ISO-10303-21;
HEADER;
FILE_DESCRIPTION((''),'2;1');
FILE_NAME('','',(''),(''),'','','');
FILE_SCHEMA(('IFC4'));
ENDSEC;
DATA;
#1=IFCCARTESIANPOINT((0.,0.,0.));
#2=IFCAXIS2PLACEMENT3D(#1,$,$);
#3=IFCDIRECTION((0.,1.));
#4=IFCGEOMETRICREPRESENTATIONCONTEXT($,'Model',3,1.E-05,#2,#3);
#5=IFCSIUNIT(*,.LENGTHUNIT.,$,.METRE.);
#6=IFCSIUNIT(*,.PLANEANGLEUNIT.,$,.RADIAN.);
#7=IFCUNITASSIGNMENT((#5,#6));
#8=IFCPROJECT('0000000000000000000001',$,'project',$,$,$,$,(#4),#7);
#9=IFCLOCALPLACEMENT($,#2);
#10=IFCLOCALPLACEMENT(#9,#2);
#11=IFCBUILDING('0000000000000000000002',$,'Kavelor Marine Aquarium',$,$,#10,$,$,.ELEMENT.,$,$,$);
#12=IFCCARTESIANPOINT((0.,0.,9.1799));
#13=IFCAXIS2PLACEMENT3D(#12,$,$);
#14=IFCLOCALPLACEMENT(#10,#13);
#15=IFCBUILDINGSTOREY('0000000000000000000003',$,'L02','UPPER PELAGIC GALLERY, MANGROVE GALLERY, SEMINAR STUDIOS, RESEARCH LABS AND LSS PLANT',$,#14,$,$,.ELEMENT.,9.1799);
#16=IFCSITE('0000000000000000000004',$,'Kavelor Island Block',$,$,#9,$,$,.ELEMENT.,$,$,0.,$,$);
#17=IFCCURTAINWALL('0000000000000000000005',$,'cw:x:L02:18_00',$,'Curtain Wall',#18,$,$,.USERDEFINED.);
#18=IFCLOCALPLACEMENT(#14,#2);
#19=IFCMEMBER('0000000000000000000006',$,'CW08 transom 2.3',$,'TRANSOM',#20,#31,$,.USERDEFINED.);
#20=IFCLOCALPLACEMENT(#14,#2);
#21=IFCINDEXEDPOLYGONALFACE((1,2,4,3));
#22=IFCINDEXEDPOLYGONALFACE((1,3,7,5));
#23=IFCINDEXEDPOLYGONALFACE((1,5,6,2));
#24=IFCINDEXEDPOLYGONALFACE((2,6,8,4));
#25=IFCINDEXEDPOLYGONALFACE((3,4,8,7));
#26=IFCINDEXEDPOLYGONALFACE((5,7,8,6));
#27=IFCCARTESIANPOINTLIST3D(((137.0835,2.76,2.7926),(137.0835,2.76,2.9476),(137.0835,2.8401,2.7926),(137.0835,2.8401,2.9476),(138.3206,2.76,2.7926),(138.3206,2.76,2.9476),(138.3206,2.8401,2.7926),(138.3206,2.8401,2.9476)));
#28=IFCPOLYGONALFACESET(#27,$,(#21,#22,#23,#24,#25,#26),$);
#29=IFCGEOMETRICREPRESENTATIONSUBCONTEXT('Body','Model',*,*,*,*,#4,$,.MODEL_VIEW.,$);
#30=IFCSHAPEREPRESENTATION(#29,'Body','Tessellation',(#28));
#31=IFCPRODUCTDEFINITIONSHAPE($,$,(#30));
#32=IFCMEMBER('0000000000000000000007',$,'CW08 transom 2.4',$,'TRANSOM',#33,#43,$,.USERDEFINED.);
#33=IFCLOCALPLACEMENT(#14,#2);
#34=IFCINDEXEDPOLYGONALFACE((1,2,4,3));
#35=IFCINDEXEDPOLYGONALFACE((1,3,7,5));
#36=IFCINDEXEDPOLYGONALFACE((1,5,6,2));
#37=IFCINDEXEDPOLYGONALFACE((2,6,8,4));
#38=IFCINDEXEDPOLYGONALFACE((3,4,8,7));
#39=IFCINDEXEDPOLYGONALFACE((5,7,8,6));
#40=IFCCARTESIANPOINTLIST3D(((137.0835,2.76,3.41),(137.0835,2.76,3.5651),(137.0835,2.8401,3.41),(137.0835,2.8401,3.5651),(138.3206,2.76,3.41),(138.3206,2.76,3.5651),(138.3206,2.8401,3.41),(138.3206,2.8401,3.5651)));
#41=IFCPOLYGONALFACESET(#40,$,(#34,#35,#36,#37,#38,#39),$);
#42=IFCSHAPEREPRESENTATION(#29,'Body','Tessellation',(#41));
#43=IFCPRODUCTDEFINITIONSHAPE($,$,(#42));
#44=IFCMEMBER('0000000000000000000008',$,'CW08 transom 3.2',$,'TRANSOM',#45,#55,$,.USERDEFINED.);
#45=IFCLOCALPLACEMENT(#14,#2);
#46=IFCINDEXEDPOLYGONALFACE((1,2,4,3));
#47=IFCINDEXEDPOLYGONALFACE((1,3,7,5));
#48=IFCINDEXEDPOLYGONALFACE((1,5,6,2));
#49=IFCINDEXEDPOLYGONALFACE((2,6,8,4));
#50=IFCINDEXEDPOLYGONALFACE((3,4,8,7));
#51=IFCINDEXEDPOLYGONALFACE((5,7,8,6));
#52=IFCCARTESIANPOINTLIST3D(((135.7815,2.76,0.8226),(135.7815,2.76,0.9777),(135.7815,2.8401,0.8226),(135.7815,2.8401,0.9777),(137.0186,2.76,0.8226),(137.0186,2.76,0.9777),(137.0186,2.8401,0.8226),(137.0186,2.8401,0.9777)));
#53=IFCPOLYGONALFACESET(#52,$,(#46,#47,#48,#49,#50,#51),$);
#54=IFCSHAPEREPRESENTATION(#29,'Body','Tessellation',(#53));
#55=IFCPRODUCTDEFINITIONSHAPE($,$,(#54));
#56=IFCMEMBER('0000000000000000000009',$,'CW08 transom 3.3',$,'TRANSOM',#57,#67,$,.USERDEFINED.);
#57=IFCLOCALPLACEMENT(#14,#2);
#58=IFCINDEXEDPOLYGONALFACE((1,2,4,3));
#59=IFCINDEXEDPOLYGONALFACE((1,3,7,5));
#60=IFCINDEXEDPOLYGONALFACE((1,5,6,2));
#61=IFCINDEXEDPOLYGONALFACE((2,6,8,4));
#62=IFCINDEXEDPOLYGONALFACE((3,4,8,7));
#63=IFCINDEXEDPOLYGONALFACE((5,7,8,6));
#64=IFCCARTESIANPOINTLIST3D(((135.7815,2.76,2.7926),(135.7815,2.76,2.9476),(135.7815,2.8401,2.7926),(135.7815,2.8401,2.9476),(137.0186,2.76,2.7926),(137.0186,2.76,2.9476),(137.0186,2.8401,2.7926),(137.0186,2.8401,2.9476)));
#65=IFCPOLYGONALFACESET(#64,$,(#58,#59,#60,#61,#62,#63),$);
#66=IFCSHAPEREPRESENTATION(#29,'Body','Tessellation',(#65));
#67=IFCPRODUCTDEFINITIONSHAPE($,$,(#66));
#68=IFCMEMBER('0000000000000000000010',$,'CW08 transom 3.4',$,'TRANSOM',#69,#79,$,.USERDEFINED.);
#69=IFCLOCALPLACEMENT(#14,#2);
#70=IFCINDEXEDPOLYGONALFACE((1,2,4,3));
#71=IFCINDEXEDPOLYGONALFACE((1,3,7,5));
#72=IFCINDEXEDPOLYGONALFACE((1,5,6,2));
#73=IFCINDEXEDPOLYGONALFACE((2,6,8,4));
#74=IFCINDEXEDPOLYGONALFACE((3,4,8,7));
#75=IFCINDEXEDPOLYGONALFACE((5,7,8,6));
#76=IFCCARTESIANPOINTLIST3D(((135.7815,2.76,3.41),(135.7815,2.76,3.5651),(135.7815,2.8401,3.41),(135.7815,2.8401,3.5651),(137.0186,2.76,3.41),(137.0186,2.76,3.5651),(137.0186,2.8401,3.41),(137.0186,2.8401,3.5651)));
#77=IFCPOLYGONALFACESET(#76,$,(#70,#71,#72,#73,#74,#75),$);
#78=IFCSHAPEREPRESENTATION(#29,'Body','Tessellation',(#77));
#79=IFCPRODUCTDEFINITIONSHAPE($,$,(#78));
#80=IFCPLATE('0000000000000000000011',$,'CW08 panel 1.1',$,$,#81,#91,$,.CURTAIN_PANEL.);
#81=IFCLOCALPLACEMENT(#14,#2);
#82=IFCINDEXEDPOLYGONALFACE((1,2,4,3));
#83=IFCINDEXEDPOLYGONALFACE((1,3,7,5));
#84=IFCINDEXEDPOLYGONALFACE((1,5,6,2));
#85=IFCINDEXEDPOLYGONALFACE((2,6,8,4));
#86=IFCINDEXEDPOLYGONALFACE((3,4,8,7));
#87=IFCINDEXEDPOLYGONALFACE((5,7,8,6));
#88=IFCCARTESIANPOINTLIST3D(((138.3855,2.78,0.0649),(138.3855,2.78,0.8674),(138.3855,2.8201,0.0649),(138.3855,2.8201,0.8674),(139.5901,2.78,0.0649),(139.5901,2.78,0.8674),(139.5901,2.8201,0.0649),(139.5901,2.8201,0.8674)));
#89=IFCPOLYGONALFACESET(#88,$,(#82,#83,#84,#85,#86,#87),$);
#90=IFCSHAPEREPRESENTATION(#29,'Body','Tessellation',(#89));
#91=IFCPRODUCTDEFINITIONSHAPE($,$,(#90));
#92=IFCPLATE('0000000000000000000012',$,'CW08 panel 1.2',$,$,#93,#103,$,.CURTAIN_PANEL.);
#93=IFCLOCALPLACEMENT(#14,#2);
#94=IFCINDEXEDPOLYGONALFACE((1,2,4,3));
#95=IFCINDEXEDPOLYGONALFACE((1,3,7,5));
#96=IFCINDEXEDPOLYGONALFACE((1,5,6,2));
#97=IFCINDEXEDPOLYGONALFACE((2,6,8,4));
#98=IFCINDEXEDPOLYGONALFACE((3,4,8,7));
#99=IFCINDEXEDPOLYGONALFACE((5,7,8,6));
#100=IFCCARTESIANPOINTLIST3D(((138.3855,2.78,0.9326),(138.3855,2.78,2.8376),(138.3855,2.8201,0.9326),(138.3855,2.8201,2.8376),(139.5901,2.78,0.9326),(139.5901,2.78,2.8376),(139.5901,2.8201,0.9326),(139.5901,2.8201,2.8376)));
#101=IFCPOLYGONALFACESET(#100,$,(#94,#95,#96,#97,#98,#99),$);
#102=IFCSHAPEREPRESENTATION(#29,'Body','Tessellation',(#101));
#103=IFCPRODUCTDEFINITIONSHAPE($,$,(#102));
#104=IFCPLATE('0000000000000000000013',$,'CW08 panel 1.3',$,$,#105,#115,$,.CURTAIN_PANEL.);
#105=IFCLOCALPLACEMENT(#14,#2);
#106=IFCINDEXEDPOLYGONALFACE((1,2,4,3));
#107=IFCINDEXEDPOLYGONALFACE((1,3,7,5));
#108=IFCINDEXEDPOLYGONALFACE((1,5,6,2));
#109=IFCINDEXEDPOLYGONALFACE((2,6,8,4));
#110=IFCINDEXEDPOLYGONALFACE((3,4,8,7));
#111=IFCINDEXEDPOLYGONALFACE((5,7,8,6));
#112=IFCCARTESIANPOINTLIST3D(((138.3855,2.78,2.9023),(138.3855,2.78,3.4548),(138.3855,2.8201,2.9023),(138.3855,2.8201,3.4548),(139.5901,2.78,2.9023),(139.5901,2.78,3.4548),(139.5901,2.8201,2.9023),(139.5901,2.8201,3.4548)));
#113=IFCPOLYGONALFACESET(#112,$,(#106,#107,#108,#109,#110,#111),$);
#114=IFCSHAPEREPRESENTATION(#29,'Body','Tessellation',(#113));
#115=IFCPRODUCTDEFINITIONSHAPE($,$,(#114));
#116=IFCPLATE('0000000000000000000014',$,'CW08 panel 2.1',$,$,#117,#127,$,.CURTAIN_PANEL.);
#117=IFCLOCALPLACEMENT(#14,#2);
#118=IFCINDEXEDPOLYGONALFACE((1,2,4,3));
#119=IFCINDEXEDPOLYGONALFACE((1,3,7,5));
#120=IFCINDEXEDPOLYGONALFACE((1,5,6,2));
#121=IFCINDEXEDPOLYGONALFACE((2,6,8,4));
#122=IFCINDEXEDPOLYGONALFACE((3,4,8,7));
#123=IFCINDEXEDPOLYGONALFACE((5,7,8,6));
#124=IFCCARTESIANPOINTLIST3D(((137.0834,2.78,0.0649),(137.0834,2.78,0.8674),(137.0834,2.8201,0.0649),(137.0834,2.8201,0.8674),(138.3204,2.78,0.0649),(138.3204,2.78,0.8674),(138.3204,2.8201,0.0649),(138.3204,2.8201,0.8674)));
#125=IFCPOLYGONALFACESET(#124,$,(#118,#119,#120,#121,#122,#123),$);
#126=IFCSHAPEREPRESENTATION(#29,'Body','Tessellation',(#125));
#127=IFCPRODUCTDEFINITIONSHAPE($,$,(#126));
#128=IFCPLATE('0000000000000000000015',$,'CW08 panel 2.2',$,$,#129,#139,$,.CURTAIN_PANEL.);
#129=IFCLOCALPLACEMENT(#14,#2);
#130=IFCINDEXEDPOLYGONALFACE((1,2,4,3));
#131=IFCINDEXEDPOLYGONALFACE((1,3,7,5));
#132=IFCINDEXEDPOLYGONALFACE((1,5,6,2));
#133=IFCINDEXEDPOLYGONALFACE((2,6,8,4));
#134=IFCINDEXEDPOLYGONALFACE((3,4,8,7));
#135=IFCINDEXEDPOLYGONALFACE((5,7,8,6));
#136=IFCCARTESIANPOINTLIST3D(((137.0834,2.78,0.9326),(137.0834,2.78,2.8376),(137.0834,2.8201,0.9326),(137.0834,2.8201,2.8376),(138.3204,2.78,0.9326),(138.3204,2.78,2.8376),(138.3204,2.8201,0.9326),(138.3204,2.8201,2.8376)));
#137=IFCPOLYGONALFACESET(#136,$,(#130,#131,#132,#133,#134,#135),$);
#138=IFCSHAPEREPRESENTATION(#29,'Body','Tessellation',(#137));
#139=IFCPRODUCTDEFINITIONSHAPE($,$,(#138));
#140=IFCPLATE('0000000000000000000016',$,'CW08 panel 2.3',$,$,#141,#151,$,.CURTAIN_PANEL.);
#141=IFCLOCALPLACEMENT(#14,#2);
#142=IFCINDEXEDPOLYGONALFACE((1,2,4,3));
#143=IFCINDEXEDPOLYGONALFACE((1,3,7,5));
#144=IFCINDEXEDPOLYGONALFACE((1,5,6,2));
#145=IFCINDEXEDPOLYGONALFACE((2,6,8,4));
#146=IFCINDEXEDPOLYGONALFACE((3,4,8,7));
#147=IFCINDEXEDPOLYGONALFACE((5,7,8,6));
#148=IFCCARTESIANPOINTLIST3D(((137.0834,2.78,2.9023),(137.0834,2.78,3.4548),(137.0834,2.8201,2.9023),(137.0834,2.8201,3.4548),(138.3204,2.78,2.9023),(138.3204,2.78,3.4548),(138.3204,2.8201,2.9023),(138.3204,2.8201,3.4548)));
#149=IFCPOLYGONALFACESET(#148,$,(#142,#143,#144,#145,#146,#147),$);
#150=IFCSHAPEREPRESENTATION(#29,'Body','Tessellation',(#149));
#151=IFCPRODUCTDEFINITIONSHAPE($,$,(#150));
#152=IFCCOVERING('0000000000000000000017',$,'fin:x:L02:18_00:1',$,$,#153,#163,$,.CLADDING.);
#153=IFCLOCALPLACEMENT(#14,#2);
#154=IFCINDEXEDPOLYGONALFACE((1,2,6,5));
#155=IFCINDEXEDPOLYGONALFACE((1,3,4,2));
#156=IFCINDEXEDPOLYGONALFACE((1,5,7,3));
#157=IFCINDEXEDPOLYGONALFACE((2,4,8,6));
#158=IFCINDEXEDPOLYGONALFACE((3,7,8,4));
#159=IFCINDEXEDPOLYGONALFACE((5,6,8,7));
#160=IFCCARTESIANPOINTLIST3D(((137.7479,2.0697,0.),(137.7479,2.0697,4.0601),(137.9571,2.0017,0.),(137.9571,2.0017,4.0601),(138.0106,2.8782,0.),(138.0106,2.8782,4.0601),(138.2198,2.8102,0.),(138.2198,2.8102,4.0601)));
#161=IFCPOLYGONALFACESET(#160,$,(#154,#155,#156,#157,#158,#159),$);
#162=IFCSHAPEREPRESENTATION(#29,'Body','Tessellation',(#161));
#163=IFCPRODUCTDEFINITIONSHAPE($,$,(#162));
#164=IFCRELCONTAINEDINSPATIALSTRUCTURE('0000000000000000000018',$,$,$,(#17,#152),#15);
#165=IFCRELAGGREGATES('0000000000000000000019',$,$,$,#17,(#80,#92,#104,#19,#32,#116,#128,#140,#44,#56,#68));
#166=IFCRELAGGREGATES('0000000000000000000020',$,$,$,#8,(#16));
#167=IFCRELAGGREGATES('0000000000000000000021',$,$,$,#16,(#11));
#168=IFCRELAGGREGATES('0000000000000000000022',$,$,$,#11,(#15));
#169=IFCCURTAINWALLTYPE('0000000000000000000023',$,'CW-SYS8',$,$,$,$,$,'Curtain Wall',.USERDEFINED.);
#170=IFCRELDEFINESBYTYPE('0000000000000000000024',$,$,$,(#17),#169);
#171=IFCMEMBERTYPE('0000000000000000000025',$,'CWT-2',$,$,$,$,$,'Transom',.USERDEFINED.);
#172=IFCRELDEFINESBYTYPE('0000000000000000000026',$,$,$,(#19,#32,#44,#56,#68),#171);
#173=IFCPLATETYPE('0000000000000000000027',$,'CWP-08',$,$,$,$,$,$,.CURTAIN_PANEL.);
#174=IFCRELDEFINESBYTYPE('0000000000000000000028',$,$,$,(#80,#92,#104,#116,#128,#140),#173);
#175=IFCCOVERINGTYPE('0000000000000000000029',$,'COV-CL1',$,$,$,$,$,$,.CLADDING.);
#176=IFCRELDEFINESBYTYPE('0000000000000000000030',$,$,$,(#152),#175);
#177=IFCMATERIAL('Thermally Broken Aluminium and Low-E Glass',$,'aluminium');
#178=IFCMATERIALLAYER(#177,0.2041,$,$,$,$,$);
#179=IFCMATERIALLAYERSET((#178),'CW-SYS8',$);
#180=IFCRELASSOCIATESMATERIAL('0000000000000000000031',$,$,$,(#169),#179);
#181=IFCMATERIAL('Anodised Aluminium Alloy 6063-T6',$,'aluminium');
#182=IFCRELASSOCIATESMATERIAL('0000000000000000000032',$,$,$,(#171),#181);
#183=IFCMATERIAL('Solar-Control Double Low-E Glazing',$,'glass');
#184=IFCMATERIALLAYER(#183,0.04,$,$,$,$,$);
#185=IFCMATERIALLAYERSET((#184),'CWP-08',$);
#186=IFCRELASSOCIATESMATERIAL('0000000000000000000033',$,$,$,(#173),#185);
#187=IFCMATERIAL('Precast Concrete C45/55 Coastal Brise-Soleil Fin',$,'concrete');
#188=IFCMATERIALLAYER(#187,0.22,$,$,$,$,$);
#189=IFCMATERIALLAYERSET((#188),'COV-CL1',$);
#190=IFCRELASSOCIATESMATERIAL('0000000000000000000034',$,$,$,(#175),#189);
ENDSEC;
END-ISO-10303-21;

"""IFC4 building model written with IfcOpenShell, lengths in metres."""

from ifc_helpers import new_model, si_unit, direction, frame, origin, origin_2d, place, context, subcontext, project, spatial, rectangle, extrude, material, layer, layer_set, material_profile, profile_set, type_object, element, aggregate, save


model = new_model("IFC4")

# Units and contexts
model_context = context("Model", 3, precision=1e-05, world=origin(), true_north=direction((0.0, 1.0)))
body_context = subcontext(model_context, "Body", "Model", "MODEL_VIEW")
ifc_project = project(units=[si_unit("LENGTHUNIT", "METRE"), si_unit("PLANEANGLEUNIT", "RADIAN")], contexts=[model_context])

# Site, building, storey
site_placement = place(None, origin())
site = spatial("IfcSite", under=ifc_project, at=site_placement, Name="Kavelor Island Block", CompositionType="ELEMENT", RefElevation=0.0)
building_placement = place(site_placement, origin())
building = spatial("IfcBuilding", under=site, at=building_placement, Name="Kavelor Marine Aquarium", CompositionType="ELEMENT")
storey_placement = place(building_placement, frame((0.0, 0.0, 9.1799)))
storey = spatial("IfcBuildingStorey", under=building, at=storey_placement, Name="L02", Description="UPPER PELAGIC GALLERY, MANGROVE GALLERY, SEMINAR STUDIOS, RESEARCH LABS AND LSS PLANT", CompositionType="ELEMENT", Elevation=9.1799)

# Curtain wall, members, plates
ifc_material_1 = material(Name="Thermally Broken Aluminium and Low-E Glass", Category="aluminium")
ifc_layer_1 = layer(ifc_material_1, 0.2041)
ifc_layer_set_1 = layer_set([ifc_layer_1], Name="CW-SYS8")
curtain_wall_type = type_object("IfcCurtainWallType", Name="CW-SYS8", ElementType="Curtain Wall", PredefinedType="USERDEFINED", material=ifc_layer_set_1)
curtain_wall_placement = place(storey_placement, origin())
curtain_wall = element("IfcCurtainWall", 1, at=curtain_wall_placement, inside=storey, type_object=curtain_wall_type, Name="cw:x:L02:18_00", ObjectType="Curtain Wall", PredefinedType="USERDEFINED")
ifc_material_2 = material(Name="Anodised Aluminium Alloy 6063-T6", Category="aluminium")
ifc_material_profile_1 = material_profile(ifc_material_2, rectangle(XDim=0.0801, YDim=0.155, at=origin_2d()), Name="CW-TRN 80x155")
ifc_profile_set_1 = profile_set([ifc_material_profile_1], Name="Anodised Aluminium Alloy 6063-T6")
member_type_1 = type_object("IfcMemberType", Name="CWT-2", ElementType="Transom", PredefinedType="USERDEFINED", material=ifc_profile_set_1)
member_1_placement = place(storey_placement, frame((138.3206, 2.8, 2.8701), z_axis=(-1.0, 0.0, 0.0), x_axis=(0.0, -1.0, 0.0)))
member_1 = element("IfcMember", 2, at=member_1_placement, type_object=member_type_1, Name="CW08 transom 2.3", ObjectType="TRANSOM", PredefinedType="USERDEFINED", context=body_context, shape_type="SweptSolid", body=[
    extrude(rectangle(XDim=0.0801, YDim=0.155, at=origin_2d()), origin(), (0.0, 0.0, 1.0), 1.2371),
])
member_2_placement = place(storey_placement, frame((138.3206, 2.8, 3.4875), z_axis=(-1.0, 0.0, 0.0), x_axis=(0.0, -1.0, 0.0)))
member_2 = element("IfcMember", 3, at=member_2_placement, type_object=member_type_1, Name="CW08 transom 2.4", ObjectType="TRANSOM", PredefinedType="USERDEFINED", context=body_context, shape_type="SweptSolid", body=[
    extrude(rectangle(XDim=0.0801, YDim=0.155, at=origin_2d()), origin(), (0.0, 0.0, 1.0), 1.2371),
])
member_3_placement = place(storey_placement, frame((137.0186, 2.8, 0.9001), z_axis=(-1.0, 0.0, 0.0), x_axis=(0.0, -1.0, 0.0)))
member_3 = element("IfcMember", 4, at=member_3_placement, type_object=member_type_1, Name="CW08 transom 3.2", ObjectType="TRANSOM", PredefinedType="USERDEFINED", context=body_context, shape_type="SweptSolid", body=[
    extrude(rectangle(XDim=0.0801, YDim=0.155, at=origin_2d()), origin(), (0.0, 0.0, 1.0), 1.2371),
])
member_4_placement = place(storey_placement, frame((137.0186, 2.8, 2.8701), z_axis=(-1.0, 0.0, 0.0), x_axis=(0.0, -1.0, 0.0)))
member_4 = element("IfcMember", 5, at=member_4_placement, type_object=member_type_1, Name="CW08 transom 3.3", ObjectType="TRANSOM", PredefinedType="USERDEFINED", context=body_context, shape_type="SweptSolid", body=[
    extrude(rectangle(XDim=0.0801, YDim=0.155, at=origin_2d()), origin(), (0.0, 0.0, 1.0), 1.2371),
])
member_5_placement = place(storey_placement, frame((137.0186, 2.8, 3.4875), z_axis=(-1.0, 0.0, 0.0), x_axis=(0.0, -1.0, 0.0)))
member_5 = element("IfcMember", 6, at=member_5_placement, type_object=member_type_1, Name="CW08 transom 3.4", ObjectType="TRANSOM", PredefinedType="USERDEFINED", context=body_context, shape_type="SweptSolid", body=[
    extrude(rectangle(XDim=0.0801, YDim=0.155, at=origin_2d()), origin(), (0.0, 0.0, 1.0), 1.2371),
])
ifc_material_3 = material(Name="Solar-Control Double Low-E Glazing", Category="glass")
ifc_layer_2 = layer(ifc_material_3, 0.04)
ifc_layer_set_2 = layer_set([ifc_layer_2], Name="CWP-08")
plate_type = type_object("IfcPlateType", Name="CWP-08", PredefinedType="CURTAIN_PANEL", material=ifc_layer_set_2)
plate_1_placement = place(storey_placement, frame((138.9878, 2.8, 0.0649), z_axis=(0.0, 0.0, 1.0), x_axis=(-1.0, 0.0, 0.0)))
plate_1 = element("IfcPlate", 7, at=plate_1_placement, type_object=plate_type, Name="CW08 panel 1.1", PredefinedType="CURTAIN_PANEL", context=body_context, shape_type="SweptSolid", body=[
    extrude(rectangle(XDim=1.2046, YDim=0.04, at=origin_2d()), origin(), (0.0, 0.0, 1.0), 0.8025),
])
plate_2_placement = place(storey_placement, frame((138.9878, 2.8, 0.9326), z_axis=(0.0, 0.0, 1.0), x_axis=(-1.0, 0.0, 0.0)))
plate_2 = element("IfcPlate", 8, at=plate_2_placement, type_object=plate_type, Name="CW08 panel 1.2", PredefinedType="CURTAIN_PANEL", context=body_context, shape_type="SweptSolid", body=[
    extrude(rectangle(XDim=1.2046, YDim=0.04, at=origin_2d()), origin(), (0.0, 0.0, 1.0), 1.905),
])
plate_3_placement = place(storey_placement, frame((138.9878, 2.8, 2.9023), z_axis=(0.0, 0.0, 1.0), x_axis=(-1.0, 0.0, 0.0)))
plate_3 = element("IfcPlate", 9, at=plate_3_placement, type_object=plate_type, Name="CW08 panel 1.3", PredefinedType="CURTAIN_PANEL", context=body_context, shape_type="SweptSolid", body=[
    extrude(rectangle(XDim=1.2046, YDim=0.04, at=origin_2d()), origin(), (0.0, 0.0, 1.0), 0.5525),
])
plate_4_placement = place(storey_placement, frame((137.7019, 2.8, 0.0649), z_axis=(0.0, 0.0, 1.0), x_axis=(-1.0, 0.0, 0.0)))
plate_4 = element("IfcPlate", 10, at=plate_4_placement, type_object=plate_type, Name="CW08 panel 2.1", PredefinedType="CURTAIN_PANEL", context=body_context, shape_type="SweptSolid", body=[
    extrude(rectangle(XDim=1.2371, YDim=0.04, at=origin_2d()), origin(), (0.0, 0.0, 1.0), 0.8025),
])
plate_5_placement = place(storey_placement, frame((137.7019, 2.8, 0.9326), z_axis=(0.0, 0.0, 1.0), x_axis=(-1.0, 0.0, 0.0)))
plate_5 = element("IfcPlate", 11, at=plate_5_placement, type_object=plate_type, Name="CW08 panel 2.2", PredefinedType="CURTAIN_PANEL", context=body_context, shape_type="SweptSolid", body=[
    extrude(rectangle(XDim=1.2371, YDim=0.04, at=origin_2d()), origin(), (0.0, 0.0, 1.0), 1.905),
])
plate_6_placement = place(storey_placement, frame((137.7019, 2.8, 2.9023), z_axis=(0.0, 0.0, 1.0), x_axis=(-1.0, 0.0, 0.0)))
plate_6 = element("IfcPlate", 12, at=plate_6_placement, type_object=plate_type, Name="CW08 panel 2.3", PredefinedType="CURTAIN_PANEL", context=body_context, shape_type="SweptSolid", body=[
    extrude(rectangle(XDim=1.2371, YDim=0.04, at=origin_2d()), origin(), (0.0, 0.0, 1.0), 0.5525),
])
aggregate(curtain_wall, [plate_1, plate_2, plate_3, member_1, member_2, plate_4, plate_5, plate_6, member_3, member_4, member_5])

# Covering
ifc_material_4 = material(Name="Precast Concrete C45/55 Coastal Brise-Soleil Fin", Category="concrete")
ifc_layer_3 = layer(ifc_material_4, 0.22)
ifc_layer_set_3 = layer_set([ifc_layer_3], Name="COV-CL1")
covering_type = type_object("IfcCoveringType", Name="COV-CL1", PredefinedType="CLADDING", material=ifc_layer_set_3)
covering_placement = place(storey_placement, frame((137.9839, 2.4399, 0.0), z_axis=(0.0, 0.0, 1.0), x_axis=(0.951057, -0.309017, 0.0)))
element("IfcCovering", 13, at=covering_placement, inside=storey, type_object=covering_type, Name="fin:x:L02:18_00:1", PredefinedType="CLADDING", context=body_context, shape_type="SweptSolid", body=[
    extrude(rectangle(XDim=0.22, YDim=0.8501, at=origin_2d()), origin(), (0.0, 0.0, 1.0), 4.0601),
])

save(model, "model.ifc")
